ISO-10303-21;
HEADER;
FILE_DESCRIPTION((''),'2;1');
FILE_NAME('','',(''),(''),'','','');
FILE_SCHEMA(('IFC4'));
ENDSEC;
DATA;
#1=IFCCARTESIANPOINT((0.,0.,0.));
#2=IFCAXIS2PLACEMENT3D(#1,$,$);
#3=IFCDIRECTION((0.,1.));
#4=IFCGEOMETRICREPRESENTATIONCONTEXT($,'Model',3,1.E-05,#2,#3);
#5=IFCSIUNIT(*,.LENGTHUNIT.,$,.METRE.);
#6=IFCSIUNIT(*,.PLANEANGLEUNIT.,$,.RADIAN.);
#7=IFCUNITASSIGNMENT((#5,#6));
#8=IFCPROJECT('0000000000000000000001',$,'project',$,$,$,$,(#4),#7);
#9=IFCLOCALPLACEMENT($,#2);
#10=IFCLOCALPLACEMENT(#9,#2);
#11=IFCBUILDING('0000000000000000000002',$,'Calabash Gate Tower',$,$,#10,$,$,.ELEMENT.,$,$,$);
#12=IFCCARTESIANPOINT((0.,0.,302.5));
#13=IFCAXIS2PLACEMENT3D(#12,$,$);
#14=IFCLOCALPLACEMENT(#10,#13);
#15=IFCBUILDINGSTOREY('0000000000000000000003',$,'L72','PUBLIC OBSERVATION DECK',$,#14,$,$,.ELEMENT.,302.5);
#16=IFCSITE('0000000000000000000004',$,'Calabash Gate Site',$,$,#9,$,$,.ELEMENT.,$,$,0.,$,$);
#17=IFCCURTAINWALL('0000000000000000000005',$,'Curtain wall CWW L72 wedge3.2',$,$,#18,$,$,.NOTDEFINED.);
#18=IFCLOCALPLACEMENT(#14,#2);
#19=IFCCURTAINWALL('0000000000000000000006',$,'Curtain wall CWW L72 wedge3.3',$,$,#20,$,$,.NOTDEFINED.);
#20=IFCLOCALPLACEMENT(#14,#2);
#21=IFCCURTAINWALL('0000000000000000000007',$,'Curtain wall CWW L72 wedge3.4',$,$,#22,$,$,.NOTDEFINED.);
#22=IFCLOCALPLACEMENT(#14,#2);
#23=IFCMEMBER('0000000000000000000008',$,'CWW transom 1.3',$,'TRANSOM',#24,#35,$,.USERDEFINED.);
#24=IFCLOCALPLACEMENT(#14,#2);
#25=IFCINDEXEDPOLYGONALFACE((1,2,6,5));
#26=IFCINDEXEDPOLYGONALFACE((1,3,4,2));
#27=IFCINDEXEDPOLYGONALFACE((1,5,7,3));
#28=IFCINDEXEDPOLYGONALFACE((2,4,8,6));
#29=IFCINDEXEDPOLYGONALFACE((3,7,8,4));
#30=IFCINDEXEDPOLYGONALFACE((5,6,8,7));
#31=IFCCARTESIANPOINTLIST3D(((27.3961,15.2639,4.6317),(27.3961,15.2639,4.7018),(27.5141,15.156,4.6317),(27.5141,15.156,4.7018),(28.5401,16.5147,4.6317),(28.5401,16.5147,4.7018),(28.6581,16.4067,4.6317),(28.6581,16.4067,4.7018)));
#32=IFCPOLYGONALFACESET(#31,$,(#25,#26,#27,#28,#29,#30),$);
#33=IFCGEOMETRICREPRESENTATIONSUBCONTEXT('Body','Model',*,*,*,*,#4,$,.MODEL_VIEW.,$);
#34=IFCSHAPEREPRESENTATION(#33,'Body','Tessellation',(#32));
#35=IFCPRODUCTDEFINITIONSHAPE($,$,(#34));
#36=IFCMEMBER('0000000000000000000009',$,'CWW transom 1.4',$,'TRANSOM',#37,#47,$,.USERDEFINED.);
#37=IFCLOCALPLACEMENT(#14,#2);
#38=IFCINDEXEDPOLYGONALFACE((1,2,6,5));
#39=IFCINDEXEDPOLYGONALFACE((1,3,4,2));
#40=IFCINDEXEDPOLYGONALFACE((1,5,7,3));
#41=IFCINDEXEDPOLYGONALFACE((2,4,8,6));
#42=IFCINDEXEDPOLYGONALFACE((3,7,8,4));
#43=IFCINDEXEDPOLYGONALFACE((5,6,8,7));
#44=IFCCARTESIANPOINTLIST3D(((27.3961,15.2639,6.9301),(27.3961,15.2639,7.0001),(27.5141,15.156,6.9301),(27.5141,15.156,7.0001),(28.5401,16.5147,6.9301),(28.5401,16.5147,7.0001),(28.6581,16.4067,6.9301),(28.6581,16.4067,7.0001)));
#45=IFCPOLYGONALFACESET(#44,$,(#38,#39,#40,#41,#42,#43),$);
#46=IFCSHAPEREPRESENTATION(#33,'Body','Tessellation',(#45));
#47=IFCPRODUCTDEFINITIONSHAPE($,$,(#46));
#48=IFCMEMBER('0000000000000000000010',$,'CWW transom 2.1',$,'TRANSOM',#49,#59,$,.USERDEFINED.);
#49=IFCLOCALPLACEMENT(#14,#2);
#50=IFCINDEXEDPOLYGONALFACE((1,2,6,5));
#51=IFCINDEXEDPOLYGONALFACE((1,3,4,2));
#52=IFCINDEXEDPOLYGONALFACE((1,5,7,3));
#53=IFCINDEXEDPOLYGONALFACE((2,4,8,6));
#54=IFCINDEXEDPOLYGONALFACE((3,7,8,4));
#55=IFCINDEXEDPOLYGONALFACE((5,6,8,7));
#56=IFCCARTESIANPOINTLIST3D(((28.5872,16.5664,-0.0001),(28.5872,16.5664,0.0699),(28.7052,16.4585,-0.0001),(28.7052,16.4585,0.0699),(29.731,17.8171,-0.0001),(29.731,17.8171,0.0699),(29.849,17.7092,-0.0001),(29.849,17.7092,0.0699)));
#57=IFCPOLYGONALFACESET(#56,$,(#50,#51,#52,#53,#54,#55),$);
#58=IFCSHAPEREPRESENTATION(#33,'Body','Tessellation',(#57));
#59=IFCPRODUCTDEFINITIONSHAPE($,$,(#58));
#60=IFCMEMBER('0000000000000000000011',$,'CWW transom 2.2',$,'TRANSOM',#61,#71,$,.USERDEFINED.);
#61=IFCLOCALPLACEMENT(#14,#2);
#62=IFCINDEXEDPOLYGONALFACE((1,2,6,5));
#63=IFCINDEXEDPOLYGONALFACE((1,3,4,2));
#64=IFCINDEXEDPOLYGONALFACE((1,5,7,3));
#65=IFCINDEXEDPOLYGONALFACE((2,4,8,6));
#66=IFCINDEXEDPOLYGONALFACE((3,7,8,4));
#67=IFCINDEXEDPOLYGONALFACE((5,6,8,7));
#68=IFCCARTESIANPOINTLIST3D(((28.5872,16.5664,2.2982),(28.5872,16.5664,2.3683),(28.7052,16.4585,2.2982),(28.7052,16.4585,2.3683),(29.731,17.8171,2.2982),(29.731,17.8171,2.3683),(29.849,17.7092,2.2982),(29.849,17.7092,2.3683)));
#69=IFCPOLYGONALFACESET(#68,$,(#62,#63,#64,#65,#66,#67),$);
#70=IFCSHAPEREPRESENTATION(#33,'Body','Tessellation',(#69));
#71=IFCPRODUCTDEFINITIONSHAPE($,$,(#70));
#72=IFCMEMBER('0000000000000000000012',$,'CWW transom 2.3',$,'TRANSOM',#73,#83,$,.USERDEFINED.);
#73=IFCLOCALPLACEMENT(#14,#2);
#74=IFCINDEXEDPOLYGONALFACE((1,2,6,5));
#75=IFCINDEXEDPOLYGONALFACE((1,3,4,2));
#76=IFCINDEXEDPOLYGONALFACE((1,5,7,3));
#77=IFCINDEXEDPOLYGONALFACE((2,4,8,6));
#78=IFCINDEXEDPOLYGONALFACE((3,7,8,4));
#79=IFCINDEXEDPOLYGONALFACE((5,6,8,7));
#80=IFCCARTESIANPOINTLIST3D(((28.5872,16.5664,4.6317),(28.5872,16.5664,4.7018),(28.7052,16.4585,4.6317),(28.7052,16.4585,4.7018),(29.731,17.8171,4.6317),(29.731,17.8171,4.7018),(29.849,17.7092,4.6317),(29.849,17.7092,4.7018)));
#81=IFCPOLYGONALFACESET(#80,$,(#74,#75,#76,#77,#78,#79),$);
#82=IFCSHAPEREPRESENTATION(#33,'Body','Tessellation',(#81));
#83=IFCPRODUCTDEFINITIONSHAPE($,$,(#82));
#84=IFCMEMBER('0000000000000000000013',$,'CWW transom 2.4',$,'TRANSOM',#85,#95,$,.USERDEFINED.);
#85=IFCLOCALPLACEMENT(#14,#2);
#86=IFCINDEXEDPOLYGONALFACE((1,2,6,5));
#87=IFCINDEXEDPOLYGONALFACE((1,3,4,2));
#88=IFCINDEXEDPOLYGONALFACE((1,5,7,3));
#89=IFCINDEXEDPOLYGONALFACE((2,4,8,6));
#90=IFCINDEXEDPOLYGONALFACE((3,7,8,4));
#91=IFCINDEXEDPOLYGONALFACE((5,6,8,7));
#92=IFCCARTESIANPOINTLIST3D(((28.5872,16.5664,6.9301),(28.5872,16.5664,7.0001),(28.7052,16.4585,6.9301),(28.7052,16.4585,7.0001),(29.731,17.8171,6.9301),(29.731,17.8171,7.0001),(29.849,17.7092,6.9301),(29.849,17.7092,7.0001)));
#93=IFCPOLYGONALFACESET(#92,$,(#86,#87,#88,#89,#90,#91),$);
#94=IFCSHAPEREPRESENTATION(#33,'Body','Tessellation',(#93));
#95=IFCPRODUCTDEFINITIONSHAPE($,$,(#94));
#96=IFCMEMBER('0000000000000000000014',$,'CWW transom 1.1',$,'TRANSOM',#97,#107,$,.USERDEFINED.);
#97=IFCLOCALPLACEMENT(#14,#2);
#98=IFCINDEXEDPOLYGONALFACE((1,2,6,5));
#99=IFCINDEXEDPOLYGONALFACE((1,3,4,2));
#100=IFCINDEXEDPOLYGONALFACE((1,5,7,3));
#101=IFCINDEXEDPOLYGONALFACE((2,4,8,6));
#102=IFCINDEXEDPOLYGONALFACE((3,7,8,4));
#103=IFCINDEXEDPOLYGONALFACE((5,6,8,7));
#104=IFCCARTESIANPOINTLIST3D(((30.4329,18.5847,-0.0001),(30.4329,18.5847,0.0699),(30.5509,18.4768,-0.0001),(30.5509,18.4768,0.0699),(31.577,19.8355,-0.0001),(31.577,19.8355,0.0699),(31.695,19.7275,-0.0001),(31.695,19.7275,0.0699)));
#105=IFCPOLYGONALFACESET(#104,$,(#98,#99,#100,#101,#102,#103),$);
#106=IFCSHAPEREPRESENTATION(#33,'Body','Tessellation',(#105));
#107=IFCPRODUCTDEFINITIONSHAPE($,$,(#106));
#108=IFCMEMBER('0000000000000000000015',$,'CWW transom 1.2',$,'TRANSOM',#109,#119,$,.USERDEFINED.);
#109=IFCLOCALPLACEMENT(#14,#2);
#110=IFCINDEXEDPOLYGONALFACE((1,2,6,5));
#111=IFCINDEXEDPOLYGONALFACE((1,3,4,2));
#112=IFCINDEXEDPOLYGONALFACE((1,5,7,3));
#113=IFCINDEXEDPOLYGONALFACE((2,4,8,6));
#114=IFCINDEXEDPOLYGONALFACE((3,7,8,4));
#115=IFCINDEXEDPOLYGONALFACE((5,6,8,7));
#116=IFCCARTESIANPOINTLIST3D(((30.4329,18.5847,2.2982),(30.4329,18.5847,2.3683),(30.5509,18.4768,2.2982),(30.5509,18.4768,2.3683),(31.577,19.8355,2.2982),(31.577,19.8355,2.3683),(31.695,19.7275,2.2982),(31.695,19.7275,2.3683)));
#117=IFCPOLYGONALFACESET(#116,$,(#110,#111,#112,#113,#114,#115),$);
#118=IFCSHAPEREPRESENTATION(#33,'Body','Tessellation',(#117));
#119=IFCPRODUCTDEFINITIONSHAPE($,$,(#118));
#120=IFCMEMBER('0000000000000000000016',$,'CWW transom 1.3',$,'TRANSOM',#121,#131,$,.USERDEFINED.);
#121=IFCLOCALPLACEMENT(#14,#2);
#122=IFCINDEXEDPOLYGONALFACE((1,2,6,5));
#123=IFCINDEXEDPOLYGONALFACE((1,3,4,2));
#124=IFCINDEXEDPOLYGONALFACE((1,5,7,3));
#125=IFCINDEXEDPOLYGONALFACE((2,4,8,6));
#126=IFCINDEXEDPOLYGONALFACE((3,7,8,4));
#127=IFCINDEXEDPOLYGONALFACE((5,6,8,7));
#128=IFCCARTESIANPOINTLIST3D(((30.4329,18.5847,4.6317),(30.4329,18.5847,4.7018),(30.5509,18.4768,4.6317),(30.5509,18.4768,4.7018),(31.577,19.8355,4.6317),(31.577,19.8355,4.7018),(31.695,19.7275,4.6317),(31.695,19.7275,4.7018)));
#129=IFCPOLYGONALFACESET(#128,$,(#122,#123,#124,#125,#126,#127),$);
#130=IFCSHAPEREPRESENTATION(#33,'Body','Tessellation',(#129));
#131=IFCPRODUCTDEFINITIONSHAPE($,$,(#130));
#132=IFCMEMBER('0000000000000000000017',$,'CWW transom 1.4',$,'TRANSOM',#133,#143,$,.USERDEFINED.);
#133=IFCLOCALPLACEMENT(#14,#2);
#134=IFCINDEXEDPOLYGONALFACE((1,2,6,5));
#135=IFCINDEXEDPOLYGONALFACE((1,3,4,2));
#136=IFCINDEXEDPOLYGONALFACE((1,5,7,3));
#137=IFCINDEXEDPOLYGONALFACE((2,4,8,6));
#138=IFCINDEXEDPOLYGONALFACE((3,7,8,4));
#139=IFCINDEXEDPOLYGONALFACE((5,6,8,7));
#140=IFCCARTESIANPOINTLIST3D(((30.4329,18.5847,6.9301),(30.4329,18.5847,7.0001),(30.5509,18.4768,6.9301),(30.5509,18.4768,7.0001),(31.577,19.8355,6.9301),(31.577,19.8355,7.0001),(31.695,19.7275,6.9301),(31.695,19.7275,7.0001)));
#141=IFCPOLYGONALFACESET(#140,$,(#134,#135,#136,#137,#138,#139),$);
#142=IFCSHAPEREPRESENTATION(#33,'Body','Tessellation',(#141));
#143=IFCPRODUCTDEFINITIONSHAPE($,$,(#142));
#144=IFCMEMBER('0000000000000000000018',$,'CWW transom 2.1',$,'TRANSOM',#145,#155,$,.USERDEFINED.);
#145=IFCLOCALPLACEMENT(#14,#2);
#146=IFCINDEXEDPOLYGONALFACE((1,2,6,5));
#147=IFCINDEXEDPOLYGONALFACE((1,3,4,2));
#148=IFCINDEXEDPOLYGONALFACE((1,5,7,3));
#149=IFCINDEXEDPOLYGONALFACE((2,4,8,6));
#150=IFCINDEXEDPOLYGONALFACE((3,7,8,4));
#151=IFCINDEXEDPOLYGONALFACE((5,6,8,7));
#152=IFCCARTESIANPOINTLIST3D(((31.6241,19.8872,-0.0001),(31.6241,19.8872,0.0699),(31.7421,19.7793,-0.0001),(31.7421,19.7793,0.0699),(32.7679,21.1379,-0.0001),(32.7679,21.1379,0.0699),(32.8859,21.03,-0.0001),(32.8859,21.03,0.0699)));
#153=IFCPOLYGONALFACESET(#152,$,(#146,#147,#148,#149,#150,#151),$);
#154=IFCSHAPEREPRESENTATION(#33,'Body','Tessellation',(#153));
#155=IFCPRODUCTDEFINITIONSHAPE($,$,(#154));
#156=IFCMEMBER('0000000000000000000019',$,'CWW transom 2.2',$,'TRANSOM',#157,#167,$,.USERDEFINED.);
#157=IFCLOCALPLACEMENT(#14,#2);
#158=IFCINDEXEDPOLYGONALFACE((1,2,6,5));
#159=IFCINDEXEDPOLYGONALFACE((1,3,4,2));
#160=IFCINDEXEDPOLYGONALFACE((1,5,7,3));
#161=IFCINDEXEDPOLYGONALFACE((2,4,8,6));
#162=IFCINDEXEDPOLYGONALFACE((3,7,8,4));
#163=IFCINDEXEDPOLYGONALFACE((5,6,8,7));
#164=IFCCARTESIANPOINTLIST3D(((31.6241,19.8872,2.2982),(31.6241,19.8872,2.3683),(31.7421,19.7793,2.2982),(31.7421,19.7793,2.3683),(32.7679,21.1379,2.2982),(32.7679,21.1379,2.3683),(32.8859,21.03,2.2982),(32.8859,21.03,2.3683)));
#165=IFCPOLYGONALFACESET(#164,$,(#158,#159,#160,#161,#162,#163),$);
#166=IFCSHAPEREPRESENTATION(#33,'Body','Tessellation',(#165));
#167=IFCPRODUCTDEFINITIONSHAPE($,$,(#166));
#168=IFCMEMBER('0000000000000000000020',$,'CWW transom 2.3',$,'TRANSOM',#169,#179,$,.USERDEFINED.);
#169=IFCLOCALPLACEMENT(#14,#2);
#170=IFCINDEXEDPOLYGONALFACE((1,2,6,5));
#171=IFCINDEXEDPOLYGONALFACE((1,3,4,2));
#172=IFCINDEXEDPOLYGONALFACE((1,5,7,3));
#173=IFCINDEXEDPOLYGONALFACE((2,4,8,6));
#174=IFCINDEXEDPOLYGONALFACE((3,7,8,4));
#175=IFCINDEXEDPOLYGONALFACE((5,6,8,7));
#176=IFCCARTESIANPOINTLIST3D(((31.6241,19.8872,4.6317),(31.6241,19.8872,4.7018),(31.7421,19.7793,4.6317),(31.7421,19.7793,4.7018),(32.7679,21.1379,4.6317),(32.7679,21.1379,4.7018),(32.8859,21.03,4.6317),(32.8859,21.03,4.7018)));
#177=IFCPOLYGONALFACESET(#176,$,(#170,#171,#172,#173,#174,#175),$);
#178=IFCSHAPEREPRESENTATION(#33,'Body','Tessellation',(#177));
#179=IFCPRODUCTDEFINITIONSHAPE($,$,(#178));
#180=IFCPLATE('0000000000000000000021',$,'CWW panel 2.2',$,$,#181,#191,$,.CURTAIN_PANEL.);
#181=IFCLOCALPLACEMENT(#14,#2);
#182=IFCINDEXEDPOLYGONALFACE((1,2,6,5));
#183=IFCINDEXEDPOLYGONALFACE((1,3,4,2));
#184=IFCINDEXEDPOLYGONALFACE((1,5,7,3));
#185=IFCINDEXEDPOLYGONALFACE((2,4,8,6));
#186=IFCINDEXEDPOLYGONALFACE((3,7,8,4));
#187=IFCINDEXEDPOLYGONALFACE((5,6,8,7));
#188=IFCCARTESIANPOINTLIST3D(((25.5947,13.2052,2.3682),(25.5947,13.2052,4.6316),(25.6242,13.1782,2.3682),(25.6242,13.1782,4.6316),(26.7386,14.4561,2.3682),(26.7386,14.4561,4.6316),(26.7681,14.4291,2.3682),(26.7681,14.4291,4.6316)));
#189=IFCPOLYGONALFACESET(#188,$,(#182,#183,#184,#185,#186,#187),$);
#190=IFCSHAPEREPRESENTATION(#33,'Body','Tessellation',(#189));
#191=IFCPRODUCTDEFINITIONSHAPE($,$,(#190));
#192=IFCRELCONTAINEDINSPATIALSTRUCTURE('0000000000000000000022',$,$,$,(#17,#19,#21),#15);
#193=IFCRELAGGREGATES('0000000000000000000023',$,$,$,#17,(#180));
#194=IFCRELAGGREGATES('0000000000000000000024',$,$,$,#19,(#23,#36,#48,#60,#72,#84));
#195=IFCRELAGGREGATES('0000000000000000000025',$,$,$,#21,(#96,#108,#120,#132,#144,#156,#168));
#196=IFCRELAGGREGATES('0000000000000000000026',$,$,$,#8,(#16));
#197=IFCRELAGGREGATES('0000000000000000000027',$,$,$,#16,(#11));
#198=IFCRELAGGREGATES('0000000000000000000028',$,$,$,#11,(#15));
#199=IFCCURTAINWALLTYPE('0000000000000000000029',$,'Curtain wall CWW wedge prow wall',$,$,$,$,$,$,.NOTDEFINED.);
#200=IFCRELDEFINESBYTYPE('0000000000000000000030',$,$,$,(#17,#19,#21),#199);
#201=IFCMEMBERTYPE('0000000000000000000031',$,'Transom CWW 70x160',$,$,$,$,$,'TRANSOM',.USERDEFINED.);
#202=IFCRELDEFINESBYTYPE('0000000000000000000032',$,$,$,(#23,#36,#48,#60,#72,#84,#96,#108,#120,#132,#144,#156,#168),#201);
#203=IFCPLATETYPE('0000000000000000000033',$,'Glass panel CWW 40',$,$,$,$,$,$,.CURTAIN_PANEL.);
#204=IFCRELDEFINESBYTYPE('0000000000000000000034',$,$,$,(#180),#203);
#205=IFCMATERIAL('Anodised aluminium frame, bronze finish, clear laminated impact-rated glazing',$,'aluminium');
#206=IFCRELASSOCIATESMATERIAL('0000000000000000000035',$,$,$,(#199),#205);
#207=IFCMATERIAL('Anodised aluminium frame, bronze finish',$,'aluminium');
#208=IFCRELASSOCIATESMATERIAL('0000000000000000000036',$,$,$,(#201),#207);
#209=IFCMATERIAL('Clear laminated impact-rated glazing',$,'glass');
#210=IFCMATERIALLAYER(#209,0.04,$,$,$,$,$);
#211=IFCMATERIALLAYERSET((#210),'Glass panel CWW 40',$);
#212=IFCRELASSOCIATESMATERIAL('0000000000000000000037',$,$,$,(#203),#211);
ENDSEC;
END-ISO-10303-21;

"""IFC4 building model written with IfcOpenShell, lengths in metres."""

from ifc_helpers import new_model, si_unit, direction, frame, origin, origin_2d, place, context, subcontext, project, spatial, rectangle, extrude, material, layer, layer_set, material_profile, profile_set, type_object, element, aggregate, save


model = new_model("IFC4")

# Units and contexts
model_context = context("Model", 3, precision=1e-05, world=origin(), true_north=direction((0.0, 1.0)))
body_context = subcontext(model_context, "Body", "Model", "MODEL_VIEW")
ifc_project = project(units=[si_unit("LENGTHUNIT", "METRE"), si_unit("PLANEANGLEUNIT", "RADIAN")], contexts=[model_context])

# Site, building, storey
site_placement = place(None, origin())
site = spatial("IfcSite", under=ifc_project, at=site_placement, Name="Calabash Gate Site", CompositionType="ELEMENT", RefElevation=0.0)
building_placement = place(site_placement, origin())
building = spatial("IfcBuilding", under=site, at=building_placement, Name="Calabash Gate Tower", CompositionType="ELEMENT")
storey_placement = place(building_placement, frame((0.0, 0.0, 302.5)))
storey = spatial("IfcBuildingStorey", under=building, at=storey_placement, Name="L72", Description="PUBLIC OBSERVATION DECK", CompositionType="ELEMENT", Elevation=302.5)

# Curtain wall
ifc_material_1 = material(Name="Anodised aluminium frame, bronze finish, clear laminated impact-rated glazing", Category="aluminium")
curtain_wall_type = type_object("IfcCurtainWallType", Name="Curtain wall CWW wedge prow wall", PredefinedType="NOTDEFINED", material=ifc_material_1)
curtain_wall_1_placement = place(storey_placement, origin())
curtain_wall_1 = element("IfcCurtainWall", 1, at=curtain_wall_1_placement, inside=storey, type_object=curtain_wall_type, Name="Curtain wall CWW L72 wedge3.2", PredefinedType="NOTDEFINED")

# Curtain walls
curtain_wall_2_placement = place(storey_placement, origin())
curtain_wall_2 = element("IfcCurtainWall", 2, at=curtain_wall_2_placement, inside=storey, type_object=curtain_wall_type, Name="Curtain wall CWW L72 wedge3.3", PredefinedType="NOTDEFINED")
curtain_wall_3_placement = place(storey_placement, origin())
curtain_wall_3 = element("IfcCurtainWall", 3, at=curtain_wall_3_placement, inside=storey, type_object=curtain_wall_type, Name="Curtain wall CWW L72 wedge3.4", PredefinedType="NOTDEFINED")

# Members
ifc_material_2 = material(Name="Anodised aluminium frame, bronze finish", Category="aluminium")
ifc_material_profile_1 = material_profile(ifc_material_2, rectangle(XDim=0.1599, YDim=0.0701, at=origin_2d()))
ifc_profile_set_1 = profile_set([ifc_material_profile_1], Name="Anodised aluminium frame, bronze finish")
member_type_1 = type_object("IfcMemberType", Name="Transom CWW 70x160", ElementType="TRANSOM", PredefinedType="USERDEFINED", material=ifc_profile_set_1)
member_1_placement = place(storey_placement, frame((27.4551, 15.21, 4.6667), z_axis=(0.674935, 0.737877, 0.0), x_axis=(-0.737877, 0.674935, 0.0)))
member_1 = element("IfcMember", 4, at=member_1_placement, type_object=member_type_1, Name="CWW transom 1.3", ObjectType="TRANSOM", PredefinedType="USERDEFINED", context=body_context, shape_type="SweptSolid", body=[
    extrude(rectangle(XDim=0.1599, YDim=0.0701, at=origin_2d()), origin(), (0.0, 0.0, 1.0), 1.6951),
])
member_2_placement = place(storey_placement, frame((27.4551, 15.21, 6.9651), z_axis=(0.674935, 0.737877, 0.0), x_axis=(-0.737877, 0.674935, 0.0)))
member_2 = element("IfcMember", 5, at=member_2_placement, type_object=member_type_1, Name="CWW transom 1.4", ObjectType="TRANSOM", PredefinedType="USERDEFINED", context=body_context, shape_type="SweptSolid", body=[
    extrude(rectangle(XDim=0.1599, YDim=0.0701, at=origin_2d()), origin(), (0.0, 0.0, 1.0), 1.6951),
])
member_3_placement = place(storey_placement, frame((28.6462, 16.5125, 0.0349), z_axis=(0.674857, 0.737949, 0.0), x_axis=(-0.737949, 0.674857, 0.0)))
member_3 = element("IfcMember", 6, at=member_3_placement, type_object=member_type_1, Name="CWW transom 2.1", ObjectType="TRANSOM", PredefinedType="USERDEFINED", context=body_context, shape_type="SweptSolid", body=[
    extrude(rectangle(XDim=0.1599, YDim=0.0701, at=origin_2d()), origin(), (0.0, 0.0, 1.0), 1.6948),
])
member_4_placement = place(storey_placement, frame((28.6462, 16.5125, 2.3333), z_axis=(0.674857, 0.737949, 0.0), x_axis=(-0.737949, 0.674857, 0.0)))
member_4 = element("IfcMember", 7, at=member_4_placement, type_object=member_type_1, Name="CWW transom 2.2", ObjectType="TRANSOM", PredefinedType="USERDEFINED", context=body_context, shape_type="SweptSolid", body=[
    extrude(rectangle(XDim=0.1599, YDim=0.0701, at=origin_2d()), origin(), (0.0, 0.0, 1.0), 1.6948),
])
member_5_placement = place(storey_placement, frame((28.6462, 16.5125, 4.6667), z_axis=(0.674857, 0.737949, 0.0), x_axis=(-0.737949, 0.674857, 0.0)))
member_5 = element("IfcMember", 8, at=member_5_placement, type_object=member_type_1, Name="CWW transom 2.3", ObjectType="TRANSOM", PredefinedType="USERDEFINED", context=body_context, shape_type="SweptSolid", body=[
    extrude(rectangle(XDim=0.1599, YDim=0.0701, at=origin_2d()), origin(), (0.0, 0.0, 1.0), 1.6948),
])
member_6_placement = place(storey_placement, frame((28.6462, 16.5125, 6.9651), z_axis=(0.674857, 0.737949, 0.0), x_axis=(-0.737949, 0.674857, 0.0)))
member_6 = element("IfcMember", 9, at=member_6_placement, type_object=member_type_1, Name="CWW transom 2.4", ObjectType="TRANSOM", PredefinedType="USERDEFINED", context=body_context, shape_type="SweptSolid", body=[
    extrude(rectangle(XDim=0.1599, YDim=0.0701, at=origin_2d()), origin(), (0.0, 0.0, 1.0), 1.6948),
])
member_7_placement = place(storey_placement, frame((30.4919, 18.5308, 0.0349), z_axis=(0.674935, 0.737877, 0.0), x_axis=(-0.737877, 0.674935, 0.0)))
member_7 = element("IfcMember", 10, at=member_7_placement, type_object=member_type_1, Name="CWW transom 1.1", ObjectType="TRANSOM", PredefinedType="USERDEFINED", context=body_context, shape_type="SweptSolid", body=[
    extrude(rectangle(XDim=0.1599, YDim=0.0701, at=origin_2d()), origin(), (0.0, 0.0, 1.0), 1.6951),
])
member_8_placement = place(storey_placement, frame((30.4919, 18.5308, 2.3333), z_axis=(0.674935, 0.737877, 0.0), x_axis=(-0.737877, 0.674935, 0.0)))
member_8 = element("IfcMember", 11, at=member_8_placement, type_object=member_type_1, Name="CWW transom 1.2", ObjectType="TRANSOM", PredefinedType="USERDEFINED", context=body_context, shape_type="SweptSolid", body=[
    extrude(rectangle(XDim=0.1599, YDim=0.0701, at=origin_2d()), origin(), (0.0, 0.0, 1.0), 1.6951),
])
member_9_placement = place(storey_placement, frame((30.4919, 18.5308, 4.6667), z_axis=(0.674935, 0.737877, 0.0), x_axis=(-0.737877, 0.674935, 0.0)))
member_9 = element("IfcMember", 12, at=member_9_placement, type_object=member_type_1, Name="CWW transom 1.3", ObjectType="TRANSOM", PredefinedType="USERDEFINED", context=body_context, shape_type="SweptSolid", body=[
    extrude(rectangle(XDim=0.1599, YDim=0.0701, at=origin_2d()), origin(), (0.0, 0.0, 1.0), 1.6951),
])
member_10_placement = place(storey_placement, frame((30.4919, 18.5308, 6.9651), z_axis=(0.674935, 0.737877, 0.0), x_axis=(-0.737877, 0.674935, 0.0)))
member_10 = element("IfcMember", 13, at=member_10_placement, type_object=member_type_1, Name="CWW transom 1.4", ObjectType="TRANSOM", PredefinedType="USERDEFINED", context=body_context, shape_type="SweptSolid", body=[
    extrude(rectangle(XDim=0.1599, YDim=0.0701, at=origin_2d()), origin(), (0.0, 0.0, 1.0), 1.6951),
])
member_11_placement = place(storey_placement, frame((31.6831, 19.8333, 0.0349), z_axis=(0.674857, 0.737949, 0.0), x_axis=(-0.737949, 0.674857, 0.0)))
member_11 = element("IfcMember", 14, at=member_11_placement, type_object=member_type_1, Name="CWW transom 2.1", ObjectType="TRANSOM", PredefinedType="USERDEFINED", context=body_context, shape_type="SweptSolid", body=[
    extrude(rectangle(XDim=0.1599, YDim=0.0701, at=origin_2d()), origin(), (0.0, 0.0, 1.0), 1.6948),
])
member_12_placement = place(storey_placement, frame((31.6831, 19.8333, 2.3333), z_axis=(0.674857, 0.737949, 0.0), x_axis=(-0.737949, 0.674857, 0.0)))
member_12 = element("IfcMember", 15, at=member_12_placement, type_object=member_type_1, Name="CWW transom 2.2", ObjectType="TRANSOM", PredefinedType="USERDEFINED", context=body_context, shape_type="SweptSolid", body=[
    extrude(rectangle(XDim=0.1599, YDim=0.0701, at=origin_2d()), origin(), (0.0, 0.0, 1.0), 1.6948),
])
member_13_placement = place(storey_placement, frame((31.6831, 19.8333, 4.6667), z_axis=(0.674857, 0.737949, 0.0), x_axis=(-0.737949, 0.674857, 0.0)))
member_13 = element("IfcMember", 16, at=member_13_placement, type_object=member_type_1, Name="CWW transom 2.3", ObjectType="TRANSOM", PredefinedType="USERDEFINED", context=body_context, shape_type="SweptSolid", body=[
    extrude(rectangle(XDim=0.1599, YDim=0.0701, at=origin_2d()), origin(), (0.0, 0.0, 1.0), 1.6948),
])

# Plate
ifc_material_3 = material(Name="Clear laminated impact-rated glazing", Category="glass")
ifc_layer_1 = layer(ifc_material_3, 0.04)
ifc_layer_set_1 = layer_set([ifc_layer_1], Name="Glass panel CWW 40")
plate_type = type_object("IfcPlateType", Name="Glass panel CWW 40", PredefinedType="CURTAIN_PANEL", material=ifc_layer_set_1)
plate_1_placement = place(storey_placement, frame((26.1814, 13.8171, 2.3682), z_axis=(0.0, 0.0, 1.0), x_axis=(0.674856, 0.737949, 0.0)))
plate_1 = element("IfcPlate", 17, at=plate_1_placement, type_object=plate_type, Name="CWW panel 2.2", PredefinedType="CURTAIN_PANEL", context=body_context, shape_type="SweptSolid", body=[
    extrude(rectangle(XDim=1.6951, YDim=0.04, at=origin_2d()), origin(), (0.0, 0.0, 1.0), 2.2634),
])
aggregate(curtain_wall_1, [plate_1])
aggregate(curtain_wall_2, [member_1, member_2, member_3, member_4, member_5, member_6])
aggregate(curtain_wall_3, [member_7, member_8, member_9, member_10, member_11, member_12, member_13])

save(model, "model.ifc")
